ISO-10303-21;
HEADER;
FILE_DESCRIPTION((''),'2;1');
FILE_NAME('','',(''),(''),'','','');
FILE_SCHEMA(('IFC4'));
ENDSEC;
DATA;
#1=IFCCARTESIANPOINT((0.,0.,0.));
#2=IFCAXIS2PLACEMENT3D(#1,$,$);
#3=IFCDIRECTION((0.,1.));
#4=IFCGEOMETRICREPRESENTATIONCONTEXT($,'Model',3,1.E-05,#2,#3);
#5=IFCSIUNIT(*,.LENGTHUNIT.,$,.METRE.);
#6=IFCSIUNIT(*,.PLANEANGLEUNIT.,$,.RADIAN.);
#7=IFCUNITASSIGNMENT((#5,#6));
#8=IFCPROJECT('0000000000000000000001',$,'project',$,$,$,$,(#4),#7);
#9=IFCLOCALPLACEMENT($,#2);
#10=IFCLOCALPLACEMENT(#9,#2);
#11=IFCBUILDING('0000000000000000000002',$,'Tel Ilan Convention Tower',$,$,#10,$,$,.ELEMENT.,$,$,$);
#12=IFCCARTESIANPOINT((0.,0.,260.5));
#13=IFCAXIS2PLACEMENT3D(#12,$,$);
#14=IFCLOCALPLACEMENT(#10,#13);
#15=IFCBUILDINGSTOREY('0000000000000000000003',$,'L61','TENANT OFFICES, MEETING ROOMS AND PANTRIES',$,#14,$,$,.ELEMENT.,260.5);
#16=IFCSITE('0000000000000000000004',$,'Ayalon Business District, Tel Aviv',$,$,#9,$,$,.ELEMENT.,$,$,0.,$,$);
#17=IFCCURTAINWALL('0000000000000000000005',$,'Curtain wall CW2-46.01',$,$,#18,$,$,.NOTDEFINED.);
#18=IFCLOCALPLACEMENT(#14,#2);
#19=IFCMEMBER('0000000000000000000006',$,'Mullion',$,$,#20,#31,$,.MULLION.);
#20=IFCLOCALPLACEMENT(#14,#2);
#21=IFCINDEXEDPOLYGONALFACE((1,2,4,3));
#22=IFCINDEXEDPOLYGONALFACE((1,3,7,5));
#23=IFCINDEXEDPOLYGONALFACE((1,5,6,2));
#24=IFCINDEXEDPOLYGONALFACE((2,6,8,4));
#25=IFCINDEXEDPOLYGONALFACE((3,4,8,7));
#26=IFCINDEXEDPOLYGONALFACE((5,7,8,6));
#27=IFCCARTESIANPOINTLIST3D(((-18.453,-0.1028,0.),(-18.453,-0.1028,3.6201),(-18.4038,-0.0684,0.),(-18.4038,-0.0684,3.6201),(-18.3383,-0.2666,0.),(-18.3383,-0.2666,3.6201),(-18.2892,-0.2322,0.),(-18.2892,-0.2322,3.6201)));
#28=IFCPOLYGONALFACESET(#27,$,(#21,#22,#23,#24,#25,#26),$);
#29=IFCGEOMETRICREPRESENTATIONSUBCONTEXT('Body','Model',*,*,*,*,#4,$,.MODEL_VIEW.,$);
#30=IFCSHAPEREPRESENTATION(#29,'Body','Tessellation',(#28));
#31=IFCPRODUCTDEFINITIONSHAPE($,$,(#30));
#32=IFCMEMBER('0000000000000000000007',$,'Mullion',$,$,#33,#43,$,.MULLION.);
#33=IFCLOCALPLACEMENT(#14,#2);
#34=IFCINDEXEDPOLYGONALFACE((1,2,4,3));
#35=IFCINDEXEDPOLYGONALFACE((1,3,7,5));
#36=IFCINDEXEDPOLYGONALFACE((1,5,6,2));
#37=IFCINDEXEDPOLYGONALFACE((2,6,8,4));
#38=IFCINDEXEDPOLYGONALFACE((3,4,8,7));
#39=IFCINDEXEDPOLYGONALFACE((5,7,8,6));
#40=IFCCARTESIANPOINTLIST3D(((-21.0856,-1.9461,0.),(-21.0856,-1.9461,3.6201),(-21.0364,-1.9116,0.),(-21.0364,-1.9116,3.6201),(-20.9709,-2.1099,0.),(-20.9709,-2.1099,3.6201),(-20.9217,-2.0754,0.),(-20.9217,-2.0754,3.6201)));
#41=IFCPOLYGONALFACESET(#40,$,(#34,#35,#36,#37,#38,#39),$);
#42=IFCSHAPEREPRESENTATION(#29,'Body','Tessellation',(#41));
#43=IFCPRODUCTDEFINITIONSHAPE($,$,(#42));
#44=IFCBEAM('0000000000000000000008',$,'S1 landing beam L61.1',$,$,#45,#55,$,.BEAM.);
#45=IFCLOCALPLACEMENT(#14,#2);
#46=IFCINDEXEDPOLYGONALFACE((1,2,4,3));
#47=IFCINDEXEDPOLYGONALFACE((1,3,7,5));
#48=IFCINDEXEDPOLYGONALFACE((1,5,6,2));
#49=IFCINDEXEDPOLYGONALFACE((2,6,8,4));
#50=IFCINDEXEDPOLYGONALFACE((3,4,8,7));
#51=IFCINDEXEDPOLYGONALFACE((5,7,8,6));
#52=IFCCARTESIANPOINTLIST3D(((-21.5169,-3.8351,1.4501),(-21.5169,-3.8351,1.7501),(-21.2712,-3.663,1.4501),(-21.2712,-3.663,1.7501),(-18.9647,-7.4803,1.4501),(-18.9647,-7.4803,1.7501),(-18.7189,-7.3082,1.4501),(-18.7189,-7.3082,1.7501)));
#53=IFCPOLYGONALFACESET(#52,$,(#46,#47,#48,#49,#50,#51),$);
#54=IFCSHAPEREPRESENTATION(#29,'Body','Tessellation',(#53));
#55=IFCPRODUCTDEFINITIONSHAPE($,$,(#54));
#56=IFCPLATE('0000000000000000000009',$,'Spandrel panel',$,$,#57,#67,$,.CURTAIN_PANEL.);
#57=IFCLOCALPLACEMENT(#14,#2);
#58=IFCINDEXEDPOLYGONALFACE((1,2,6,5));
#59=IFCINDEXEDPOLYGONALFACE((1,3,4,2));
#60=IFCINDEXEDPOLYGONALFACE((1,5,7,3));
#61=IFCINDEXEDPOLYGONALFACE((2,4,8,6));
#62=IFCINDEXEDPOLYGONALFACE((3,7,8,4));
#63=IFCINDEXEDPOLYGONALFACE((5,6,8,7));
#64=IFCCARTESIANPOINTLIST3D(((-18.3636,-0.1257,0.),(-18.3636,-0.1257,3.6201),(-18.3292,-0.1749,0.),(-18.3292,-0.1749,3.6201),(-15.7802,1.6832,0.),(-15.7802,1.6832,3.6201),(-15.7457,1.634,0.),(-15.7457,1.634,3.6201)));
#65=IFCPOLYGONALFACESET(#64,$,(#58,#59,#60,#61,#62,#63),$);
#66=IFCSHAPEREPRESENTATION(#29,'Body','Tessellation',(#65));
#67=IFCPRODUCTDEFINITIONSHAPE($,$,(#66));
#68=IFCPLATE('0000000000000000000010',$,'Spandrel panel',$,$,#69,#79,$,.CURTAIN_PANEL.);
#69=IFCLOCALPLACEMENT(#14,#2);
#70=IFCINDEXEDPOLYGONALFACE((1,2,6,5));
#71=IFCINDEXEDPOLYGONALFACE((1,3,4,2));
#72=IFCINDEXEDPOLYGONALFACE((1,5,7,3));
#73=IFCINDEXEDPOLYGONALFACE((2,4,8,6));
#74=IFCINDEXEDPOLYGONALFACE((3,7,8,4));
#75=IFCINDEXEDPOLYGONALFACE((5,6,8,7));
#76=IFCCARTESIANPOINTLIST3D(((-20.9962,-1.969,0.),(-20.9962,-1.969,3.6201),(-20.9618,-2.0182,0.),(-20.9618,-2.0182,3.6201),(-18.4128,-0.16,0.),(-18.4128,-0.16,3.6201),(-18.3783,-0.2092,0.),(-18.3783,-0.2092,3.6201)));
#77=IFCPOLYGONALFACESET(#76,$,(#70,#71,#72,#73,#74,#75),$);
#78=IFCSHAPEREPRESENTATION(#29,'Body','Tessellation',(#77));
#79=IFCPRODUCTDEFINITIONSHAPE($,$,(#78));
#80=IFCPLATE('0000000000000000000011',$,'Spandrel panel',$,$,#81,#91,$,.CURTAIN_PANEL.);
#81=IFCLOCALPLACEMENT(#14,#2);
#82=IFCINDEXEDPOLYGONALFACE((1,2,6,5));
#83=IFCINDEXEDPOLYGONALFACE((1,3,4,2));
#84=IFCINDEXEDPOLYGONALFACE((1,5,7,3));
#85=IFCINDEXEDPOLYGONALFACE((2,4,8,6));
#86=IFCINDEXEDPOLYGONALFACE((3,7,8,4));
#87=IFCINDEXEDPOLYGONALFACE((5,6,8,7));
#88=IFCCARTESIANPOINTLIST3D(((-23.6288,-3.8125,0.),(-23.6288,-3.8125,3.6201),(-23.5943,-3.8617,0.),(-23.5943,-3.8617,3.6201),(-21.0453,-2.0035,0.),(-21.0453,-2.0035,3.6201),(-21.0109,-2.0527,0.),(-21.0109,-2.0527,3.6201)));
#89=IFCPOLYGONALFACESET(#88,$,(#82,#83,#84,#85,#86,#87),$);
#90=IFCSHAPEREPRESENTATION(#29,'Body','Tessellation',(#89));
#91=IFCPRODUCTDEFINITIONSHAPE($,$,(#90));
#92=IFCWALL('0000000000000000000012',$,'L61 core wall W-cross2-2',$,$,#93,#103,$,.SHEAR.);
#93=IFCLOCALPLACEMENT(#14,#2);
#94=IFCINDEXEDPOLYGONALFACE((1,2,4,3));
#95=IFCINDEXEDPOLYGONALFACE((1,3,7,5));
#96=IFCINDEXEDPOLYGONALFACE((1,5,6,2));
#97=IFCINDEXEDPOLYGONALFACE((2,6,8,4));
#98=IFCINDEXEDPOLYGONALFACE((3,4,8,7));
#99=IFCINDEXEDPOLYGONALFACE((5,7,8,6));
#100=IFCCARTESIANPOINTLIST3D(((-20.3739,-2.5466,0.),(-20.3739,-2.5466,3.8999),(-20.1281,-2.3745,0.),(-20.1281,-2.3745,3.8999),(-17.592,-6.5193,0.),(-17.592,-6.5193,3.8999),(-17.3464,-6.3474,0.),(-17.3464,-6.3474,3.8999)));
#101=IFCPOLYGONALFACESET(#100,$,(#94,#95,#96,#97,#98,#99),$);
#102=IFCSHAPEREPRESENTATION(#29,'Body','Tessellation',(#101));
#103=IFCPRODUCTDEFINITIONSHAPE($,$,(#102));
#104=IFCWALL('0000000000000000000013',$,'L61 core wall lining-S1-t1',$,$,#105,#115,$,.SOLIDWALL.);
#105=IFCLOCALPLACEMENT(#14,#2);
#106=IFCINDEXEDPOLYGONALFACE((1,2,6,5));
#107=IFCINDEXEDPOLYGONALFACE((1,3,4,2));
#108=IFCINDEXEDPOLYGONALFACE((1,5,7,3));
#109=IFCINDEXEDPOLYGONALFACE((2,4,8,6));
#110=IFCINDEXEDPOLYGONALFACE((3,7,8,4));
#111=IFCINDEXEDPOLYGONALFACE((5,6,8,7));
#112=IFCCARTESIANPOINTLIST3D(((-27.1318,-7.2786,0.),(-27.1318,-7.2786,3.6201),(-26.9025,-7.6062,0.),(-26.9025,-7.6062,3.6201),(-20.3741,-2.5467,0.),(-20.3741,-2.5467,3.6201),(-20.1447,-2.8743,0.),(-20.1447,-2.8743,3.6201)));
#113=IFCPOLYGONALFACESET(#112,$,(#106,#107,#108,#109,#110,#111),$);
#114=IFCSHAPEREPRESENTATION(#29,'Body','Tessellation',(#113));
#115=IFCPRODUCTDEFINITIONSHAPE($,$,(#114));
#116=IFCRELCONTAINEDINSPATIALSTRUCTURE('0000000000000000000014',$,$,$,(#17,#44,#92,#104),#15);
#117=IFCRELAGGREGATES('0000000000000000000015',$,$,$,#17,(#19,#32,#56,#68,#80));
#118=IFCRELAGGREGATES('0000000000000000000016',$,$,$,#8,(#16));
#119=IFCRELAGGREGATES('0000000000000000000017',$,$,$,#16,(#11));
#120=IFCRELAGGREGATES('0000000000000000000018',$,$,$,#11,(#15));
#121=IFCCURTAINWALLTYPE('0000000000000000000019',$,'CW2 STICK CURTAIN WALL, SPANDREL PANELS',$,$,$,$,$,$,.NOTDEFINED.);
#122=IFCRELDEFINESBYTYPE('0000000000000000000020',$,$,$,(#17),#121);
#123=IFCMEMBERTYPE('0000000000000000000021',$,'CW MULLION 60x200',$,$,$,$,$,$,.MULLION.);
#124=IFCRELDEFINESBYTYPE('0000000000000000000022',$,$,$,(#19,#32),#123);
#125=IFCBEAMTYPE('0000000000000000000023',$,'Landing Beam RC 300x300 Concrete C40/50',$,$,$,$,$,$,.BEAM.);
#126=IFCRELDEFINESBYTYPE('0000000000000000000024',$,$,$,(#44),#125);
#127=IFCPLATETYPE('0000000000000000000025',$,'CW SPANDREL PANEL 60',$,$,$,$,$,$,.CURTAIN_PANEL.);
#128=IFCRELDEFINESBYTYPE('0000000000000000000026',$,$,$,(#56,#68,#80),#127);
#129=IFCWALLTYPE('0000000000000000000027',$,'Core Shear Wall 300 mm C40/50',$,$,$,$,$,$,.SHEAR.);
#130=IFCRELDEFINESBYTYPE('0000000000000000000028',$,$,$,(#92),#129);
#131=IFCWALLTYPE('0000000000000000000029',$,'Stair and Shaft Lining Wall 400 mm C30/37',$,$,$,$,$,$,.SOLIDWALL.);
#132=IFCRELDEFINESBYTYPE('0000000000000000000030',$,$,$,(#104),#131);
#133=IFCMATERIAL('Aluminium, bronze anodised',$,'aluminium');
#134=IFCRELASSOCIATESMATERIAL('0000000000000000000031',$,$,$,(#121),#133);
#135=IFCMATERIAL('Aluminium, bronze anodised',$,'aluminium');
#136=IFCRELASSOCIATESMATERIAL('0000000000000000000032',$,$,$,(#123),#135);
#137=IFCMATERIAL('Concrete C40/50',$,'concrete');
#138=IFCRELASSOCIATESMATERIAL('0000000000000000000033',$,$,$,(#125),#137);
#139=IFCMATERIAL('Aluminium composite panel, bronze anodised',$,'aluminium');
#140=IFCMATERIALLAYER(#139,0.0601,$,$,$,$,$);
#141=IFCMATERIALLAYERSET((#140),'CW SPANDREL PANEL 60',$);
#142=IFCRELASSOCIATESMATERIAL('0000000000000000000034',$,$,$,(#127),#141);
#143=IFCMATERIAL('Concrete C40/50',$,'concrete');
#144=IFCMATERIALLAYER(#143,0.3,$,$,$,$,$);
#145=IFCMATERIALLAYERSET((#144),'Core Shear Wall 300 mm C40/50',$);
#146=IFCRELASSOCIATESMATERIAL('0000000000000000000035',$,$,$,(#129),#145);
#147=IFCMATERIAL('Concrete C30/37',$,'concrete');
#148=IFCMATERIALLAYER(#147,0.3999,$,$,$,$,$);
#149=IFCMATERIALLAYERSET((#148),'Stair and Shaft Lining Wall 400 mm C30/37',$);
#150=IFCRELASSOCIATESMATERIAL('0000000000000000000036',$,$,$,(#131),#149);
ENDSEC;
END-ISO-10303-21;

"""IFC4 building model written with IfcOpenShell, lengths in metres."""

from ifc_helpers import new_model, si_unit, direction, frame, frame_2d, origin, origin_2d, place, context, subcontext, project, spatial, polyline, rectangle, outline, extrude, material, layer, layer_set, material_profile, profile_set, type_object, element, aggregate, save


model = new_model("IFC4")

# Units and contexts
model_context = context("Model", 3, precision=1e-05, world=origin(), true_north=direction((0.0, 1.0)))
body_context = subcontext(model_context, "Body", "Model", "MODEL_VIEW")
ifc_project = project(units=[si_unit("LENGTHUNIT", "METRE"), si_unit("PLANEANGLEUNIT", "RADIAN")], contexts=[model_context])

# Site, building, storey
site_placement = place(None, origin())
site = spatial("IfcSite", under=ifc_project, at=site_placement, Name="Ayalon Business District, Tel Aviv", CompositionType="ELEMENT", RefElevation=0.0)
building_placement = place(site_placement, origin())
building = spatial("IfcBuilding", under=site, at=building_placement, Name="Tel Ilan Convention Tower", CompositionType="ELEMENT")
storey_placement = place(building_placement, frame((0.0, 0.0, 260.5)))
storey = spatial("IfcBuildingStorey", under=building, at=storey_placement, Name="L61", Description="TENANT OFFICES, MEETING ROOMS AND PANTRIES", CompositionType="ELEMENT", Elevation=260.5)

# Curtain wall, members
ifc_material_1 = material(Name="Aluminium, bronze anodised", Category="aluminium")
curtain_wall_type = type_object("IfcCurtainWallType", Name="CW2 STICK CURTAIN WALL, SPANDREL PANELS", PredefinedType="NOTDEFINED", material=ifc_material_1)
curtain_wall_placement = place(storey_placement, origin())
curtain_wall = element("IfcCurtainWall", 1, at=curtain_wall_placement, inside=storey, type_object=curtain_wall_type, Name="Curtain wall CW2-46.01", PredefinedType="NOTDEFINED")
ifc_material_2 = material(Name="Aluminium, bronze anodised", Category="aluminium")
ifc_material_profile_1 = material_profile(ifc_material_2, rectangle(XDim=0.0601, YDim=0.2, at=origin_2d()), Name="CW MULLION 60x200")
ifc_profile_set_1 = profile_set([ifc_material_profile_1], Name="Aluminium, bronze anodised")
member_type = type_object("IfcMemberType", Name="CW MULLION 60x200", PredefinedType="MULLION", material=ifc_profile_set_1)
member_1_placement = place(storey_placement, frame((-18.3711, -0.1675, 0.0), z_axis=(0.0, 0.0, 1.0), x_axis=(-0.819152, -0.573576, 0.0)))
member_1 = element("IfcMember", 2, at=member_1_placement, type_object=member_type, Name="Mullion", PredefinedType="MULLION", context=body_context, shape_type="SweptSolid", body=[
    extrude(rectangle(XDim=0.0601, YDim=0.2, at=origin_2d()), origin(), (0.0, 0.0, 1.0), 3.6201),
])
member_2_placement = place(storey_placement, frame((-21.0037, -2.0107, 0.0), z_axis=(0.0, 0.0, 1.0), x_axis=(-0.819152, -0.573576, 0.0)))
member_2 = element("IfcMember", 3, at=member_2_placement, type_object=member_type, Name="Mullion", PredefinedType="MULLION", context=body_context, shape_type="SweptSolid", body=[
    extrude(rectangle(XDim=0.0601, YDim=0.2, at=origin_2d()), origin(), (0.0, 0.0, 1.0), 3.6201),
])

# Beam
ifc_material_3 = material(Name="Concrete C40/50", Category="concrete")
ifc_material_profile_2 = material_profile(ifc_material_3, rectangle(XDim=0.3, YDim=0.3, at=origin_2d()), Name="RC 300x300")
ifc_profile_set_2 = profile_set([ifc_material_profile_2], Name="Concrete C40/50")
beam_type = type_object("IfcBeamType", Name="Landing Beam RC 300x300 Concrete C40/50", PredefinedType="BEAM", material=ifc_profile_set_2)
beam_placement = place(storey_placement, frame((-18.8418, -7.3943, 1.6001), z_axis=(-0.573547, 0.819173, 0.0), x_axis=(-0.819173, -0.573547, 0.0)))
element("IfcBeam", 4, at=beam_placement, inside=storey, type_object=beam_type, Name="S1 landing beam L61.1", PredefinedType="BEAM", context=body_context, shape_type="SweptSolid", body=[
    extrude(rectangle(XDim=0.3, YDim=0.3, at=origin_2d()), origin(), (0.0, 0.0, 1.0), 4.45),
])

# Plates
ifc_material_4 = material(Name="Aluminium composite panel, bronze anodised", Category="aluminium")
ifc_layer_1 = layer(ifc_material_4, 0.0601)
ifc_layer_set_1 = layer_set([ifc_layer_1], Name="CW SPANDREL PANEL 60")
plate_type = type_object("IfcPlateType", Name="CW SPANDREL PANEL 60", PredefinedType="CURTAIN_PANEL", material=ifc_layer_set_1)
plate_1_placement = place(storey_placement, frame((-17.0547, 0.7542, 0.0), z_axis=(0.0, 0.0, 1.0), x_axis=(-0.819152, -0.573576, 0.0)))
plate_1 = element("IfcPlate", 5, at=plate_1_placement, type_object=plate_type, Name="Spandrel panel", PredefinedType="CURTAIN_PANEL", context=body_context, shape_type="SweptSolid", body=[
    extrude(rectangle(XDim=3.1538, YDim=0.0601, at=origin_2d()), origin(), (0.0, 0.0, 1.0), 3.6201),
])
plate_2_placement = place(storey_placement, frame((-19.6873, -1.0891, 0.0), z_axis=(0.0, 0.0, 1.0), x_axis=(-0.819152, -0.573576, 0.0)))
plate_2 = element("IfcPlate", 6, at=plate_2_placement, type_object=plate_type, Name="Spandrel panel", PredefinedType="CURTAIN_PANEL", context=body_context, shape_type="SweptSolid", body=[
    extrude(rectangle(XDim=3.1538, YDim=0.0601, at=origin_2d()), origin(), (0.0, 0.0, 1.0), 3.6201),
])
plate_3_placement = place(storey_placement, frame((-22.3198, -2.9326, 0.0), z_axis=(0.0, 0.0, 1.0), x_axis=(-0.819152, -0.573576, 0.0)))
plate_3 = element("IfcPlate", 7, at=plate_3_placement, type_object=plate_type, Name="Spandrel panel", PredefinedType="CURTAIN_PANEL", context=body_context, shape_type="SweptSolid", body=[
    extrude(rectangle(XDim=3.1538, YDim=0.0601, at=origin_2d()), origin(), (0.0, 0.0, 1.0), 3.6201),
])
aggregate(curtain_wall, [member_1, member_2, plate_1, plate_2, plate_3])

# Walls
ifc_material_5 = material(Name="Concrete C40/50", Category="concrete")
ifc_layer_2 = layer(ifc_material_5, 0.3)
ifc_layer_set_2 = layer_set([ifc_layer_2], Name="Core Shear Wall 300 mm C40/50")
wall_type_1 = type_object("IfcWallType", Name="Core Shear Wall 300 mm C40/50", PredefinedType="SHEAR", material=ifc_layer_set_2)
wall_1_placement = place(storey_placement, frame((-17.4692, -6.4333, 0.0), z_axis=(0.0, 0.0, 1.0), x_axis=(-0.573594, 0.81914, 0.0)))
element("IfcWall", 8, at=wall_1_placement, inside=storey, type_object=wall_type_1, Name="L61 core wall W-cross2-2", PredefinedType="SHEAR", context=body_context, shape_type="SweptSolid", body=[
    extrude(outline(polyline([(4.8499, -0.1501), (4.8499, 0.1499), (0.0, 0.1499), (0.0, -0.1499), (4.8499, -0.1501)])), origin(), (0.0, 0.0, 1.0), 3.8999),
])
ifc_material_6 = material(Name="Concrete C30/37", Category="concrete")
ifc_layer_3 = layer(ifc_material_6, 0.3999)
ifc_layer_set_3 = layer_set([ifc_layer_3], Name="Stair and Shaft Lining Wall 400 mm C30/37")
wall_type_2 = type_object("IfcWallType", Name="Stair and Shaft Lining Wall 400 mm C30/37", PredefinedType="SOLIDWALL", material=ifc_layer_set_3)
wall_2_placement = place(storey_placement, frame((-20.2593, -2.7104, 0.0), z_axis=(0.0, 0.0, 1.0), x_axis=(-0.819148, -0.573582, 0.0)))
element("IfcWall", 9, at=wall_2_placement, inside=storey, type_object=wall_type_2, Name="L61 core wall lining-S1-t1", PredefinedType="SOLIDWALL", context=body_context, shape_type="SweptSolid", body=[
    extrude(rectangle(XDim=8.2498, YDim=0.3999, at=frame_2d((4.125, 0.0))), origin(), (0.0, 0.0, 1.0), 3.6201),
])

save(model, "model.ifc")
